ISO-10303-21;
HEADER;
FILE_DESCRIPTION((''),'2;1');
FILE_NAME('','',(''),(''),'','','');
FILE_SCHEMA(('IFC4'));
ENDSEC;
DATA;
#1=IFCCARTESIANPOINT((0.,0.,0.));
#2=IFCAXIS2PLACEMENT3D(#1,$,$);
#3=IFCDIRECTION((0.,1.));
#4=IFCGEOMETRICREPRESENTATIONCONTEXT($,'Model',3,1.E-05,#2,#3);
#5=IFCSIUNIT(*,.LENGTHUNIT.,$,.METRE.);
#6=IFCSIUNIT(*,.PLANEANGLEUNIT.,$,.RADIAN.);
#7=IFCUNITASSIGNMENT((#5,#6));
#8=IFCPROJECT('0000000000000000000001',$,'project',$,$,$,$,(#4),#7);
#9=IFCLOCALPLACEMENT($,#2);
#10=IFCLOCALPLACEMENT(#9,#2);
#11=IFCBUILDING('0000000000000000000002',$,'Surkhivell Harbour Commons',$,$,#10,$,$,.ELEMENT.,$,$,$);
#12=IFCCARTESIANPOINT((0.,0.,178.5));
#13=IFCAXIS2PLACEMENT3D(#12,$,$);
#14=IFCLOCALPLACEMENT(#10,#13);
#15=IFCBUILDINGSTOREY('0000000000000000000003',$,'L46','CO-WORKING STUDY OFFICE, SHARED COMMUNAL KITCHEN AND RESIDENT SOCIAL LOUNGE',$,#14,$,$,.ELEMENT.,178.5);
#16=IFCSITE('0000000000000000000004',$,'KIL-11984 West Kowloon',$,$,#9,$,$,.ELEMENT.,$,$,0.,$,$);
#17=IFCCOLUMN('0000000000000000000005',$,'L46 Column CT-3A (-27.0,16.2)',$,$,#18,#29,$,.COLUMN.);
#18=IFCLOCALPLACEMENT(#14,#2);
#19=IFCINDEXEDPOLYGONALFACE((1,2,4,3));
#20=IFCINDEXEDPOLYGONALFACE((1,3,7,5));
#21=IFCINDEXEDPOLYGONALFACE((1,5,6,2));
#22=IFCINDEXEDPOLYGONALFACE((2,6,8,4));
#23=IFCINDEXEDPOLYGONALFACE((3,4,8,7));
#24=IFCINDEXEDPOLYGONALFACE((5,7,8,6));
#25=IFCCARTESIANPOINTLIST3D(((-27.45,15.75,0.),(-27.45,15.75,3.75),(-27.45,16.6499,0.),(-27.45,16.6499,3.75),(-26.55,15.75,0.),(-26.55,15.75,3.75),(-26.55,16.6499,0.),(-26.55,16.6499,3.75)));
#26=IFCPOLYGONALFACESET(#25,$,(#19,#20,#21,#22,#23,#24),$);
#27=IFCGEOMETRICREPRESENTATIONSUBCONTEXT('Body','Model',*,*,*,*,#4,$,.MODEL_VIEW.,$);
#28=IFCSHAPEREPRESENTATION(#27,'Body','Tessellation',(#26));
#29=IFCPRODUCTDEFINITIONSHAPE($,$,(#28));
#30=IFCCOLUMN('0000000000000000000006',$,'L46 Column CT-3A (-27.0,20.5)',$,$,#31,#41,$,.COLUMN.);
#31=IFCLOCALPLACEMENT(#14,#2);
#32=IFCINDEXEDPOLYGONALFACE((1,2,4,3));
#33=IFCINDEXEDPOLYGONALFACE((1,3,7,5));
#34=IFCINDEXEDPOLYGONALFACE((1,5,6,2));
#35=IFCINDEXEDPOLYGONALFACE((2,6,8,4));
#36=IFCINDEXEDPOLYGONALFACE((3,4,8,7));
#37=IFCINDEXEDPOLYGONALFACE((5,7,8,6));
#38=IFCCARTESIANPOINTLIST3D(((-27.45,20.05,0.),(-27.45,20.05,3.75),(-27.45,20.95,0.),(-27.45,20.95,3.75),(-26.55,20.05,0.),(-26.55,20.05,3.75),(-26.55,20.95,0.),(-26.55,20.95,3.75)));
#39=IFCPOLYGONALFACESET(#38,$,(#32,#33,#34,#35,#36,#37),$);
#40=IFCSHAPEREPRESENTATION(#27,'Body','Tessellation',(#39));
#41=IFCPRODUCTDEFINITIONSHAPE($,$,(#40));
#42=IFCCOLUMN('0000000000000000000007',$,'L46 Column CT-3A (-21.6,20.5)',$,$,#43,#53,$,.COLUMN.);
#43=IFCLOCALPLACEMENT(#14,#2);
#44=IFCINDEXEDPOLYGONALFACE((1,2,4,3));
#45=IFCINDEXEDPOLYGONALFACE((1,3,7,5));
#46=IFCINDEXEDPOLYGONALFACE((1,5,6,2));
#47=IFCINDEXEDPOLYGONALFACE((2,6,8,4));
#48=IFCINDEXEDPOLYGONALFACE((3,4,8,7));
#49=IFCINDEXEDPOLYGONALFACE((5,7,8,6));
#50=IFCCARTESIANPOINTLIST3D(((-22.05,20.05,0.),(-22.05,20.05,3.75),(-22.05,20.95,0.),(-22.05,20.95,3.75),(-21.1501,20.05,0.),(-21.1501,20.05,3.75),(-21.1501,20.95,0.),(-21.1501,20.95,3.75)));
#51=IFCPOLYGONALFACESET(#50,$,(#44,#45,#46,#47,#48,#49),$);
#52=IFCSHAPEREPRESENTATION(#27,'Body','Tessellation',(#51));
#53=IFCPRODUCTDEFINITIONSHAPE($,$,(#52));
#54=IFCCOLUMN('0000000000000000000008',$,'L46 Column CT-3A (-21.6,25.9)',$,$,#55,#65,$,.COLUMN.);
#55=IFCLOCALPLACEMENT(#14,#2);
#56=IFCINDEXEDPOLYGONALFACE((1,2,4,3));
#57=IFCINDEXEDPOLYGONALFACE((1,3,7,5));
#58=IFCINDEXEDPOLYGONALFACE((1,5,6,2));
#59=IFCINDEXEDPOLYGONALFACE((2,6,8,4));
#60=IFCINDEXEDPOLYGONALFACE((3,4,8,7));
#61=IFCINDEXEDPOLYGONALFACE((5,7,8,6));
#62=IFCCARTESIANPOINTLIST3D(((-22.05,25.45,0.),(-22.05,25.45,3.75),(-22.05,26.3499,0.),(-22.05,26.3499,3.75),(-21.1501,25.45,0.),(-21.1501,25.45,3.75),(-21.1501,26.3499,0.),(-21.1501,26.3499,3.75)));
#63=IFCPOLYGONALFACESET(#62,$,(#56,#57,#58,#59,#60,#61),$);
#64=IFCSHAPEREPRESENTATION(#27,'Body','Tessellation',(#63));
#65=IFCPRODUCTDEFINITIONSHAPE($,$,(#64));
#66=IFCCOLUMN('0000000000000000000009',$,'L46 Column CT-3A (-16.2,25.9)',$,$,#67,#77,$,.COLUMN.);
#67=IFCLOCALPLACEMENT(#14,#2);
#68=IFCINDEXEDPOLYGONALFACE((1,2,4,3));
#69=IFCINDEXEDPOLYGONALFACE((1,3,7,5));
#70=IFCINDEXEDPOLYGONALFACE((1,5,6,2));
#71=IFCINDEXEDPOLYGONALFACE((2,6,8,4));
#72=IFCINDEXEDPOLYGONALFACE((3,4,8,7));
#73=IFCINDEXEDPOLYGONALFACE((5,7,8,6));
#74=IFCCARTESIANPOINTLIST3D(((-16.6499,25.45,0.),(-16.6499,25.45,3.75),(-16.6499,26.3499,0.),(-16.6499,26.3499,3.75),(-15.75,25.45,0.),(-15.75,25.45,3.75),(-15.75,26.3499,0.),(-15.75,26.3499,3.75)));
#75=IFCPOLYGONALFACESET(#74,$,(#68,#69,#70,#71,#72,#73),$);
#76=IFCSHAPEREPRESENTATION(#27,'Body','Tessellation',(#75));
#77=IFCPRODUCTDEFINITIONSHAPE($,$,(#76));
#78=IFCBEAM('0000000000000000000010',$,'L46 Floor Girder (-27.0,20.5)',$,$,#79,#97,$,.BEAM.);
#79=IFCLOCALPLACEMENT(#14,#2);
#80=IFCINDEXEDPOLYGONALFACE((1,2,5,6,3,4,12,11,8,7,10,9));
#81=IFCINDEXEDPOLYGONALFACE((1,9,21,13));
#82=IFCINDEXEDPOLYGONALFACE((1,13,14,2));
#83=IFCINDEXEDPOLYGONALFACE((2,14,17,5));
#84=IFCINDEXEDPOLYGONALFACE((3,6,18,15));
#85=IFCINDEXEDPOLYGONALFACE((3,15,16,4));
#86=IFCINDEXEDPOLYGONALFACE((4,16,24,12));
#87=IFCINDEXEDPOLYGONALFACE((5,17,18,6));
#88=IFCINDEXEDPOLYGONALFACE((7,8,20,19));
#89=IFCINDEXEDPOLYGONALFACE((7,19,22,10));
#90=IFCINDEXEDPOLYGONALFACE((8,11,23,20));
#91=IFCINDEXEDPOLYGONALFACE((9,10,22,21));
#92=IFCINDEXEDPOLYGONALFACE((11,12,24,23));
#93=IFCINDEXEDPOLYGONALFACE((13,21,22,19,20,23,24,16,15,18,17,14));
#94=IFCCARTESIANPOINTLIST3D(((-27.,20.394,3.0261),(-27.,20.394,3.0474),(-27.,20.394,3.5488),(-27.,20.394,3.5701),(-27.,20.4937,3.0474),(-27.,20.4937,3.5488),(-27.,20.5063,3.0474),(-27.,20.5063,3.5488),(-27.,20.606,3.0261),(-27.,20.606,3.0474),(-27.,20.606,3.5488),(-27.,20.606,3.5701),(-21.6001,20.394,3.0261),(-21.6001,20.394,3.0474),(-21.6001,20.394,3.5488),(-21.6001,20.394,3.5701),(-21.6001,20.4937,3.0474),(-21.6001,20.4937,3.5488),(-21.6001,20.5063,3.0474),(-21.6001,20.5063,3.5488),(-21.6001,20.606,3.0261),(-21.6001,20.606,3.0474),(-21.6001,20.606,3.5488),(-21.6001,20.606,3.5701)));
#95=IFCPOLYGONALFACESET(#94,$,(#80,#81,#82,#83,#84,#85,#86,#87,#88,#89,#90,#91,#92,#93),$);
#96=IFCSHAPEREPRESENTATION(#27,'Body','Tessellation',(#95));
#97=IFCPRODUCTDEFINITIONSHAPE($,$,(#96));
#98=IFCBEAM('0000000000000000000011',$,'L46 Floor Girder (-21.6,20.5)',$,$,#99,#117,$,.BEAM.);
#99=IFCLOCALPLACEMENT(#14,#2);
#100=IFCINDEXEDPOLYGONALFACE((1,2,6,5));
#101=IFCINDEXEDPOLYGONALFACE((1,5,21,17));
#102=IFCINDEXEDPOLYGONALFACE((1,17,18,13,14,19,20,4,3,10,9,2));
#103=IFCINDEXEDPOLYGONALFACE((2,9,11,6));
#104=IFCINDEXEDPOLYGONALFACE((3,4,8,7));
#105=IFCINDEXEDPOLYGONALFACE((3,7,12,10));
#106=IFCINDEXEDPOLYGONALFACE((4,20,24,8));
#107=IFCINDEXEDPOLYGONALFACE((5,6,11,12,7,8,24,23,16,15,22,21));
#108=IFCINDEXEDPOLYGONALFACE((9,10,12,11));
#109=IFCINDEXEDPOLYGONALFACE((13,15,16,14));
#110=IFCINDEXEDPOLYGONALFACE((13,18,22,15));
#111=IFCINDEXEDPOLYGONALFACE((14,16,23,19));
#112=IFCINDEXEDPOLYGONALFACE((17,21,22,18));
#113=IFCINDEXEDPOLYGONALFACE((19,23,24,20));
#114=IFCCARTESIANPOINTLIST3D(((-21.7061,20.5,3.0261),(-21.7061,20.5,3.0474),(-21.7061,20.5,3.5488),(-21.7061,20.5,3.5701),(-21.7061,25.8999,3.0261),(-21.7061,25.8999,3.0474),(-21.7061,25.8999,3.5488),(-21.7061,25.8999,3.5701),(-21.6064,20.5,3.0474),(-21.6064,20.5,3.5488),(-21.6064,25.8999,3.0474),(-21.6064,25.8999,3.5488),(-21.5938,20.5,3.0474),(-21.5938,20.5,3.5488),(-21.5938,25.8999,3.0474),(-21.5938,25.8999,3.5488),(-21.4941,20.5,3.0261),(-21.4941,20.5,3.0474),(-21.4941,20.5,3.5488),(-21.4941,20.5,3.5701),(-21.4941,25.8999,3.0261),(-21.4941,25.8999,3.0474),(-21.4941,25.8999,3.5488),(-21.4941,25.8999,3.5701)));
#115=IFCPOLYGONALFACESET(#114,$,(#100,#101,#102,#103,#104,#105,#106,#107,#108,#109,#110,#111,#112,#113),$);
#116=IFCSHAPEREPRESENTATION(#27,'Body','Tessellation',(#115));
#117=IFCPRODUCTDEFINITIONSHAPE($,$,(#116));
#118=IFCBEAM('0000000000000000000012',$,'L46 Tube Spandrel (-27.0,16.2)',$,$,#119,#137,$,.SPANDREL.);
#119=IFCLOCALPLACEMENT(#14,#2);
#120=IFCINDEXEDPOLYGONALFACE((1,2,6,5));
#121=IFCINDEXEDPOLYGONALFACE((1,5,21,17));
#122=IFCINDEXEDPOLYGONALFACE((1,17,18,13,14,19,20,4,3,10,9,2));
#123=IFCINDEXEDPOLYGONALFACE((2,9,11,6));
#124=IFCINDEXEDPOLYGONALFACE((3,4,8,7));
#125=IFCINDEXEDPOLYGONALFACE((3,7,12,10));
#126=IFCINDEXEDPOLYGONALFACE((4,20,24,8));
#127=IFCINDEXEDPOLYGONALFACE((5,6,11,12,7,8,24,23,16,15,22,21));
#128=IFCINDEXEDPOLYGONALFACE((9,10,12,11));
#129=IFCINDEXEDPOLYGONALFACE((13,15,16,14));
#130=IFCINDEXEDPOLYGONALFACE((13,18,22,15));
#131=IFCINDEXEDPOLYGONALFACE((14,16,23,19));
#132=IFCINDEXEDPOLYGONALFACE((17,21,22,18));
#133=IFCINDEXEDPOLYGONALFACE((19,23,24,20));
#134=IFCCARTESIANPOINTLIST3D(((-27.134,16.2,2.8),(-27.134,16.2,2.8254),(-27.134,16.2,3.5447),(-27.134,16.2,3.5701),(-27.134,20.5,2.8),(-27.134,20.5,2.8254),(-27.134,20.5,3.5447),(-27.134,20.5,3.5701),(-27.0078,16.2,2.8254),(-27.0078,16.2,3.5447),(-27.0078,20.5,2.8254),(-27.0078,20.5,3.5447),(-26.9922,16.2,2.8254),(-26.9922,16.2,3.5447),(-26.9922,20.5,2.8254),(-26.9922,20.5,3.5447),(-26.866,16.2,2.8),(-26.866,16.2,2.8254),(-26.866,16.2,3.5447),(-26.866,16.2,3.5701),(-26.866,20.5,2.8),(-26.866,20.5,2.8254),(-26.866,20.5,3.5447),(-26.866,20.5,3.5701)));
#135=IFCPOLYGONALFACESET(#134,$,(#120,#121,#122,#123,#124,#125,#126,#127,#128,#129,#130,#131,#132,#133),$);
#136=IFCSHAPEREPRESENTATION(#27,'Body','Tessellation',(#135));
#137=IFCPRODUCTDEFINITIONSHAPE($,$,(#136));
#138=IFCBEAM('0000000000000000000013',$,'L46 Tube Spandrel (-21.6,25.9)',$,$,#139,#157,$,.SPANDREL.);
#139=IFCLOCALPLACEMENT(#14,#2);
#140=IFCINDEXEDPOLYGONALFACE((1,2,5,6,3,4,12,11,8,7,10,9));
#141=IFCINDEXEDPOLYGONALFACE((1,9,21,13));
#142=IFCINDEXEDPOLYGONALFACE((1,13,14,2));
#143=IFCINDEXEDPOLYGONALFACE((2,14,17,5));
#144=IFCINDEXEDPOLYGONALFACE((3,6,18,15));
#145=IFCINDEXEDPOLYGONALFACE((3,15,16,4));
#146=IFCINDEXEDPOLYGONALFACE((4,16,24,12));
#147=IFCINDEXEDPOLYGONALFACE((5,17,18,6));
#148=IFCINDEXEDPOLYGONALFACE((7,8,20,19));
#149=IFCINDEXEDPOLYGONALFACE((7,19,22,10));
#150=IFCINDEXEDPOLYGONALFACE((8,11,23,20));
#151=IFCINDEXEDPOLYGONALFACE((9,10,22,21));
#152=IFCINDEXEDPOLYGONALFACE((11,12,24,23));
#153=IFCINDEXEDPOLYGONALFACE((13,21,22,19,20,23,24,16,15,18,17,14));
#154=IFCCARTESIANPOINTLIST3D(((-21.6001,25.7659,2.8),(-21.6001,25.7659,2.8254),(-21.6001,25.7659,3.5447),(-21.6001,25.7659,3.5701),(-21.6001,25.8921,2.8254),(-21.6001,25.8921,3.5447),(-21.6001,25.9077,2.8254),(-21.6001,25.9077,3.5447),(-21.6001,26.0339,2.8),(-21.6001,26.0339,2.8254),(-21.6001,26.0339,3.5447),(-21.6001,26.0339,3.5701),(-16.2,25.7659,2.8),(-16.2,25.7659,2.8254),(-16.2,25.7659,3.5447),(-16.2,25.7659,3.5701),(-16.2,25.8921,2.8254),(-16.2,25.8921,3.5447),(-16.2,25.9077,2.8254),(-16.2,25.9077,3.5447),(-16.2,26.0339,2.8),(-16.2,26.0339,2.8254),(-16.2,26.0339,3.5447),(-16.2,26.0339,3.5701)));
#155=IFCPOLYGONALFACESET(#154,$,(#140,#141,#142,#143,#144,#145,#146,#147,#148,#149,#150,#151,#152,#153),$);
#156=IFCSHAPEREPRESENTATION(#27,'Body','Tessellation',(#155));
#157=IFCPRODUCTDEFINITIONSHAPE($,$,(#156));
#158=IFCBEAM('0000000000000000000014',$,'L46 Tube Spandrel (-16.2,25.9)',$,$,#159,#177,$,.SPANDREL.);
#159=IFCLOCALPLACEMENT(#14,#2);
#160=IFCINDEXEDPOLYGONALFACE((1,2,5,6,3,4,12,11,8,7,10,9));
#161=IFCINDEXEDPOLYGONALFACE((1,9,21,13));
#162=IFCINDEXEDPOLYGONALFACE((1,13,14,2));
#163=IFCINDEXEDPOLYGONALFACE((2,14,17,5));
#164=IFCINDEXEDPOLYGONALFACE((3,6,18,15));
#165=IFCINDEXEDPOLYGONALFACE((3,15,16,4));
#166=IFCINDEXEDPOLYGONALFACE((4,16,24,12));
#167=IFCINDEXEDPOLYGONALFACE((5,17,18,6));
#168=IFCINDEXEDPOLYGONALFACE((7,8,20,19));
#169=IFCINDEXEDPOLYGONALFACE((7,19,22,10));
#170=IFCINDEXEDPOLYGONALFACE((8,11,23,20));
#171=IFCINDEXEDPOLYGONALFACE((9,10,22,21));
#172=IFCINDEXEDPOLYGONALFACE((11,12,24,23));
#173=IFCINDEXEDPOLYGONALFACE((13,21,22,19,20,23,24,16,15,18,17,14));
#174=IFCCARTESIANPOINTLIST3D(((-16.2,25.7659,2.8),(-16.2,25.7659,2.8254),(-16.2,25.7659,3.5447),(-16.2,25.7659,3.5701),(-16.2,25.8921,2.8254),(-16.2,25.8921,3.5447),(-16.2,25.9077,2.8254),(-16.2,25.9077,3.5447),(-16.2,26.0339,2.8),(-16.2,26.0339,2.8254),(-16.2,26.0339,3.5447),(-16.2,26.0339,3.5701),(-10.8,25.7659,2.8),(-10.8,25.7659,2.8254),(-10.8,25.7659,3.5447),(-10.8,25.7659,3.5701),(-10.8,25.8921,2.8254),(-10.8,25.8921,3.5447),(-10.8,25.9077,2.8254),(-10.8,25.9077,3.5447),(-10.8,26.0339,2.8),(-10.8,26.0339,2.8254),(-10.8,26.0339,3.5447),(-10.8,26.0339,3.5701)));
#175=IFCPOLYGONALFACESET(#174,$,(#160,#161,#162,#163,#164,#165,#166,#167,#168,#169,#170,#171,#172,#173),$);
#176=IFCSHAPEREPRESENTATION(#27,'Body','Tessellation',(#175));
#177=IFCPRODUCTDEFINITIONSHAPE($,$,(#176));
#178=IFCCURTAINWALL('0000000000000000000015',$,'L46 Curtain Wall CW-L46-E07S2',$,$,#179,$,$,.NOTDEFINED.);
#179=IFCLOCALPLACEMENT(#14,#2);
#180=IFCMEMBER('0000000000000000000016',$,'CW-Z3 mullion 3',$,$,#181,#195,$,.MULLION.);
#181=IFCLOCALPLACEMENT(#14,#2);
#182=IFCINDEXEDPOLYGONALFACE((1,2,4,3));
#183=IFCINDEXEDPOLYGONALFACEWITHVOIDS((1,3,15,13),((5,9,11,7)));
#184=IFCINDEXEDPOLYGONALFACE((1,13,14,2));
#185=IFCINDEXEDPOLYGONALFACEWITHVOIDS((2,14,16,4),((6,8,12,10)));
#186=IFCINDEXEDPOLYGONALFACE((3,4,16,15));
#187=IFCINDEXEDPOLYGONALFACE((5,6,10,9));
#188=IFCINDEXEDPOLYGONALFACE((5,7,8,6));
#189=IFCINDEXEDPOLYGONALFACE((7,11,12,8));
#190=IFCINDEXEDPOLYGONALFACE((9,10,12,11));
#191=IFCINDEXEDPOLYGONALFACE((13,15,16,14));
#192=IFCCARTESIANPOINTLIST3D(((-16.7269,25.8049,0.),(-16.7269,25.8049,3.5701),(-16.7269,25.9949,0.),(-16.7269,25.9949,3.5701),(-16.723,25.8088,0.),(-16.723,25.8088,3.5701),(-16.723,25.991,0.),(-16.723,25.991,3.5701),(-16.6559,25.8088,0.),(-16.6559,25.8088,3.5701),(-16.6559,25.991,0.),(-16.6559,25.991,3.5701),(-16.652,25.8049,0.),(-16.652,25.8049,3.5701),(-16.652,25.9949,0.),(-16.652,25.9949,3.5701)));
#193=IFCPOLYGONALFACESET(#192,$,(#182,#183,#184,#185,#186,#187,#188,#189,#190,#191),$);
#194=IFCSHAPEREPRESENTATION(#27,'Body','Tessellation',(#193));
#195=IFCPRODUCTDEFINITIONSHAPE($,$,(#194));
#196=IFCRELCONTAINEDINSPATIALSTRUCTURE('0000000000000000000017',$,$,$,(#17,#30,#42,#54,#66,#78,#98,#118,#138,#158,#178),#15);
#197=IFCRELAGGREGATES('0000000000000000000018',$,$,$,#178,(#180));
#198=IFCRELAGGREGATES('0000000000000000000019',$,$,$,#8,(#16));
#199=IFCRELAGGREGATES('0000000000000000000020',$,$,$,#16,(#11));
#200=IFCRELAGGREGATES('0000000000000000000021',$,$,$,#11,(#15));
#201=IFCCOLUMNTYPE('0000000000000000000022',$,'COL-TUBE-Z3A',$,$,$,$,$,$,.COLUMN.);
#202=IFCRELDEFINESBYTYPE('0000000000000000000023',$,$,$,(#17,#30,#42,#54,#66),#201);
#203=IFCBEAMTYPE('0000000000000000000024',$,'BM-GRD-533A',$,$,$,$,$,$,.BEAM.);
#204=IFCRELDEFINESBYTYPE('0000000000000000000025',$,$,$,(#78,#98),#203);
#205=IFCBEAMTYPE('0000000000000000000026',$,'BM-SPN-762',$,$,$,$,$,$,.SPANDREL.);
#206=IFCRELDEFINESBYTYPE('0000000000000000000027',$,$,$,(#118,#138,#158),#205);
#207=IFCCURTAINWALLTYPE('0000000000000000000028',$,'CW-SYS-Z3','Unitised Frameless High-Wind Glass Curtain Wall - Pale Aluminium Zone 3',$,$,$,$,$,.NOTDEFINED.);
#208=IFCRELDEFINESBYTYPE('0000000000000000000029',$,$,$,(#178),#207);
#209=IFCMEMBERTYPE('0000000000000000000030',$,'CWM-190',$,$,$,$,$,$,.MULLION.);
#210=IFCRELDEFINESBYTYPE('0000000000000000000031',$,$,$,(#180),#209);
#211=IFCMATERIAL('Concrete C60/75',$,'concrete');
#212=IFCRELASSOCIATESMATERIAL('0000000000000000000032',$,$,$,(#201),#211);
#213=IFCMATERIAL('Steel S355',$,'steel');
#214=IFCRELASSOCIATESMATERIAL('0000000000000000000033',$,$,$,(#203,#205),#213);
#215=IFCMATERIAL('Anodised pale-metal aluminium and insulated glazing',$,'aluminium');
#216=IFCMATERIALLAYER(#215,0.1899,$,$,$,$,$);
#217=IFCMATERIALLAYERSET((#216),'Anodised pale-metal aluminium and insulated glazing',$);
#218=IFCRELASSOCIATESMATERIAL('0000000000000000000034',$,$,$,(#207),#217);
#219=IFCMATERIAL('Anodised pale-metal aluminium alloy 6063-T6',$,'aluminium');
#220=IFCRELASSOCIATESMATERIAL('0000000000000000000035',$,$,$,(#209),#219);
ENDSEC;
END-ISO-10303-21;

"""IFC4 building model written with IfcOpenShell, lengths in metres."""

from ifc_helpers import new_model, si_unit, direction, frame, origin, origin_2d, place, context, subcontext, project, spatial, rectangle, hollow_rectangle, i_section, extrude, material, layer, layer_set, material_profile, profile_set, type_object, element, aggregate, save


model = new_model("IFC4")

# Units and contexts
model_context = context("Model", 3, precision=1e-05, world=origin(), true_north=direction((0.0, 1.0)))
body_context = subcontext(model_context, "Body", "Model", "MODEL_VIEW")
ifc_project = project(units=[si_unit("LENGTHUNIT", "METRE"), si_unit("PLANEANGLEUNIT", "RADIAN")], contexts=[model_context])

# Site, building, storey
site_placement = place(None, origin())
site = spatial("IfcSite", under=ifc_project, at=site_placement, Name="KIL-11984 West Kowloon", CompositionType="ELEMENT", RefElevation=0.0)
building_placement = place(site_placement, origin())
building = spatial("IfcBuilding", under=site, at=building_placement, Name="Surkhivell Harbour Commons", CompositionType="ELEMENT")
storey_placement = place(building_placement, frame((0.0, 0.0, 178.5)))
storey = spatial("IfcBuildingStorey", under=building, at=storey_placement, Name="L46", Description="CO-WORKING STUDY OFFICE, SHARED COMMUNAL KITCHEN AND RESIDENT SOCIAL LOUNGE", CompositionType="ELEMENT", Elevation=178.5)

# Columns
ifc_material_1 = material(Name="Concrete C60/75", Category="concrete")
ifc_material_profile_1 = material_profile(ifc_material_1, rectangle(XDim=0.8999, YDim=0.8999, at=origin_2d()), Name="RC-COL-900x900")
ifc_profile_set_1 = profile_set([ifc_material_profile_1], Name="Concrete C60/75")
column_type = type_object("IfcColumnType", Name="COL-TUBE-Z3A", PredefinedType="COLUMN", material=ifc_profile_set_1)
for number, where, z_axis, x_axis, name in (
    (1, (-27.0, 16.2, 0.0), (0.0, 0.0, 1.0), (1.0, 0.0, 0.0), "L46 Column CT-3A (-27.0,16.2)"),
    (2, (-27.0, 20.5, 0.0), (0.0, 0.0, 1.0), (1.0, 0.0, 0.0), "L46 Column CT-3A (-27.0,20.5)"),
    (3, (-21.6001, 20.5, 0.0), (0.0, 0.0, 1.0), (1.0, 0.0, 0.0), "L46 Column CT-3A (-21.6,20.5)"),
    (4, (-21.6001, 25.8999, 0.0), (0.0, 0.0, 1.0), (1.0, 0.0, 0.0), "L46 Column CT-3A (-21.6,25.9)"),
    (5, (-16.2, 25.8999, 0.0), (0.0, 0.0, 1.0), (1.0, 0.0, 0.0), "L46 Column CT-3A (-16.2,25.9)"),
):
    element("IfcColumn", number, at=place(storey_placement, frame(where, z_axis=z_axis, x_axis=x_axis)), inside=storey, type_object=column_type, Name=name, PredefinedType="COLUMN", context=body_context, shape_type="SweptSolid", body=[
        extrude(rectangle(XDim=0.8999, YDim=0.8999, at=origin_2d()), origin(), (0.0, 0.0, 1.0), 3.75),
    ])

# Beams
ifc_material_2 = material(Name="Steel S355", Category="steel")
ifc_material_profile_2 = material_profile(ifc_material_2, i_section(OverallWidth=0.2119, OverallDepth=0.5439, WebThickness=0.0127, FlangeThickness=0.0212, at=origin_2d()), Name="UB533x210x122")
ifc_profile_set_2 = profile_set([ifc_material_profile_2], Name="Steel S355")
beam_type_1 = type_object("IfcBeamType", Name="BM-GRD-533A", PredefinedType="BEAM", material=ifc_profile_set_2)
for number, where, z_axis, x_axis, name in (
    (6, (-27.0, 20.5, 3.2981), (1.0, 0.0, 0.0), (0.0, 1.0, 0.0), "L46 Floor Girder (-27.0,20.5)"),
    (7, (-21.6001, 20.5, 3.2981), (0.0, 1.0, 0.0), (-1.0, 0.0, 0.0), "L46 Floor Girder (-21.6,20.5)"),
):
    element("IfcBeam", number, at=place(storey_placement, frame(where, z_axis=z_axis, x_axis=x_axis)), inside=storey, type_object=beam_type_1, Name=name, PredefinedType="BEAM", context=body_context, shape_type="SweptSolid", body=[
        extrude(i_section(OverallWidth=0.2119, OverallDepth=0.5439, WebThickness=0.0127, FlangeThickness=0.0212, at=origin_2d()), origin(), (0.0, 0.0, 1.0), 5.3999),
    ])
ifc_material_profile_3 = material_profile(ifc_material_2, i_section(OverallWidth=0.2681, OverallDepth=0.77, WebThickness=0.0156, FlangeThickness=0.0254, at=origin_2d()), Name="UB762x267x197")
ifc_profile_set_3 = profile_set([ifc_material_profile_3], Name="Steel S355")
beam_type_2 = type_object("IfcBeamType", Name="BM-SPN-762", PredefinedType="SPANDREL", material=ifc_profile_set_3)
beam_1_placement = place(storey_placement, frame((-27.0, 16.2, 3.1851), z_axis=(0.0, 1.0, 0.0), x_axis=(-1.0, 0.0, 0.0)))
element("IfcBeam", 8, at=beam_1_placement, inside=storey, type_object=beam_type_2, Name="L46 Tube Spandrel (-27.0,16.2)", PredefinedType="SPANDREL", context=body_context, shape_type="SweptSolid", body=[
    extrude(i_section(OverallWidth=0.2681, OverallDepth=0.77, WebThickness=0.0156, FlangeThickness=0.0254, at=origin_2d()), origin(), (0.0, 0.0, 1.0), 4.3),
])
beam_2_placement = place(storey_placement, frame((-21.6001, 25.8999, 3.1851), z_axis=(1.0, 0.0, 0.0), x_axis=(0.0, 1.0, 0.0)))
element("IfcBeam", 9, at=beam_2_placement, inside=storey, type_object=beam_type_2, Name="L46 Tube Spandrel (-21.6,25.9)", PredefinedType="SPANDREL", context=body_context, shape_type="SweptSolid", body=[
    extrude(i_section(OverallWidth=0.2681, OverallDepth=0.77, WebThickness=0.0156, FlangeThickness=0.0254, at=origin_2d()), origin(), (0.0, 0.0, 1.0), 5.4001),
])
beam_3_placement = place(storey_placement, frame((-16.2, 25.8999, 3.1851), z_axis=(1.0, 0.0, 0.0), x_axis=(0.0, 1.0, 0.0)))
element("IfcBeam", 10, at=beam_3_placement, inside=storey, type_object=beam_type_2, Name="L46 Tube Spandrel (-16.2,25.9)", PredefinedType="SPANDREL", context=body_context, shape_type="SweptSolid", body=[
    extrude(i_section(OverallWidth=0.2681, OverallDepth=0.77, WebThickness=0.0156, FlangeThickness=0.0254, at=origin_2d()), origin(), (0.0, 0.0, 1.0), 5.3999),
])

# Curtain wall, member
ifc_material_3 = material(Name="Anodised pale-metal aluminium and insulated glazing", Category="aluminium")
ifc_layer_1 = layer(ifc_material_3, 0.1899)
ifc_layer_set_1 = layer_set([ifc_layer_1], Name="Anodised pale-metal aluminium and insulated glazing")
curtain_wall_type = type_object("IfcCurtainWallType", Name="CW-SYS-Z3", Description="Unitised Frameless High-Wind Glass Curtain Wall - Pale Aluminium Zone 3", PredefinedType="NOTDEFINED", material=ifc_layer_set_1)
curtain_wall_1_placement = place(storey_placement, origin())
curtain_wall_1 = element("IfcCurtainWall", 11, at=curtain_wall_1_placement, inside=storey, type_object=curtain_wall_type, Name="L46 Curtain Wall CW-L46-E07S2", PredefinedType="NOTDEFINED")
ifc_material_4 = material(Name="Anodised pale-metal aluminium alloy 6063-T6", Category="aluminium")
ifc_material_profile_4 = material_profile(ifc_material_4, hollow_rectangle(XDim=0.075, YDim=0.1899, WallThickness=0.0039, at=origin_2d()), Name="ALU-MULL-75x190")
ifc_profile_set_4 = profile_set([ifc_material_profile_4], Name="Anodised pale-metal aluminium alloy 6063-T6")
member_type_1 = type_object("IfcMemberType", Name="CWM-190", PredefinedType="MULLION", material=ifc_profile_set_4)
member_1_placement = place(storey_placement, frame((-16.6895, 25.8999, 0.0), z_axis=(0.0, 0.0, 1.0), x_axis=(-1.0, 0.0, 0.0)))
member_1 = element("IfcMember", 12, at=member_1_placement, type_object=member_type_1, Name="CW-Z3 mullion 3", PredefinedType="MULLION", context=body_context, shape_type="SweptSolid", body=[
    extrude(hollow_rectangle(XDim=0.075, YDim=0.1899, WallThickness=0.0039, at=origin_2d()), origin(), (0.0, 0.0, 1.0), 3.5701),
])

aggregate(curtain_wall_1, [member_1])

save(model, "model.ifc")
